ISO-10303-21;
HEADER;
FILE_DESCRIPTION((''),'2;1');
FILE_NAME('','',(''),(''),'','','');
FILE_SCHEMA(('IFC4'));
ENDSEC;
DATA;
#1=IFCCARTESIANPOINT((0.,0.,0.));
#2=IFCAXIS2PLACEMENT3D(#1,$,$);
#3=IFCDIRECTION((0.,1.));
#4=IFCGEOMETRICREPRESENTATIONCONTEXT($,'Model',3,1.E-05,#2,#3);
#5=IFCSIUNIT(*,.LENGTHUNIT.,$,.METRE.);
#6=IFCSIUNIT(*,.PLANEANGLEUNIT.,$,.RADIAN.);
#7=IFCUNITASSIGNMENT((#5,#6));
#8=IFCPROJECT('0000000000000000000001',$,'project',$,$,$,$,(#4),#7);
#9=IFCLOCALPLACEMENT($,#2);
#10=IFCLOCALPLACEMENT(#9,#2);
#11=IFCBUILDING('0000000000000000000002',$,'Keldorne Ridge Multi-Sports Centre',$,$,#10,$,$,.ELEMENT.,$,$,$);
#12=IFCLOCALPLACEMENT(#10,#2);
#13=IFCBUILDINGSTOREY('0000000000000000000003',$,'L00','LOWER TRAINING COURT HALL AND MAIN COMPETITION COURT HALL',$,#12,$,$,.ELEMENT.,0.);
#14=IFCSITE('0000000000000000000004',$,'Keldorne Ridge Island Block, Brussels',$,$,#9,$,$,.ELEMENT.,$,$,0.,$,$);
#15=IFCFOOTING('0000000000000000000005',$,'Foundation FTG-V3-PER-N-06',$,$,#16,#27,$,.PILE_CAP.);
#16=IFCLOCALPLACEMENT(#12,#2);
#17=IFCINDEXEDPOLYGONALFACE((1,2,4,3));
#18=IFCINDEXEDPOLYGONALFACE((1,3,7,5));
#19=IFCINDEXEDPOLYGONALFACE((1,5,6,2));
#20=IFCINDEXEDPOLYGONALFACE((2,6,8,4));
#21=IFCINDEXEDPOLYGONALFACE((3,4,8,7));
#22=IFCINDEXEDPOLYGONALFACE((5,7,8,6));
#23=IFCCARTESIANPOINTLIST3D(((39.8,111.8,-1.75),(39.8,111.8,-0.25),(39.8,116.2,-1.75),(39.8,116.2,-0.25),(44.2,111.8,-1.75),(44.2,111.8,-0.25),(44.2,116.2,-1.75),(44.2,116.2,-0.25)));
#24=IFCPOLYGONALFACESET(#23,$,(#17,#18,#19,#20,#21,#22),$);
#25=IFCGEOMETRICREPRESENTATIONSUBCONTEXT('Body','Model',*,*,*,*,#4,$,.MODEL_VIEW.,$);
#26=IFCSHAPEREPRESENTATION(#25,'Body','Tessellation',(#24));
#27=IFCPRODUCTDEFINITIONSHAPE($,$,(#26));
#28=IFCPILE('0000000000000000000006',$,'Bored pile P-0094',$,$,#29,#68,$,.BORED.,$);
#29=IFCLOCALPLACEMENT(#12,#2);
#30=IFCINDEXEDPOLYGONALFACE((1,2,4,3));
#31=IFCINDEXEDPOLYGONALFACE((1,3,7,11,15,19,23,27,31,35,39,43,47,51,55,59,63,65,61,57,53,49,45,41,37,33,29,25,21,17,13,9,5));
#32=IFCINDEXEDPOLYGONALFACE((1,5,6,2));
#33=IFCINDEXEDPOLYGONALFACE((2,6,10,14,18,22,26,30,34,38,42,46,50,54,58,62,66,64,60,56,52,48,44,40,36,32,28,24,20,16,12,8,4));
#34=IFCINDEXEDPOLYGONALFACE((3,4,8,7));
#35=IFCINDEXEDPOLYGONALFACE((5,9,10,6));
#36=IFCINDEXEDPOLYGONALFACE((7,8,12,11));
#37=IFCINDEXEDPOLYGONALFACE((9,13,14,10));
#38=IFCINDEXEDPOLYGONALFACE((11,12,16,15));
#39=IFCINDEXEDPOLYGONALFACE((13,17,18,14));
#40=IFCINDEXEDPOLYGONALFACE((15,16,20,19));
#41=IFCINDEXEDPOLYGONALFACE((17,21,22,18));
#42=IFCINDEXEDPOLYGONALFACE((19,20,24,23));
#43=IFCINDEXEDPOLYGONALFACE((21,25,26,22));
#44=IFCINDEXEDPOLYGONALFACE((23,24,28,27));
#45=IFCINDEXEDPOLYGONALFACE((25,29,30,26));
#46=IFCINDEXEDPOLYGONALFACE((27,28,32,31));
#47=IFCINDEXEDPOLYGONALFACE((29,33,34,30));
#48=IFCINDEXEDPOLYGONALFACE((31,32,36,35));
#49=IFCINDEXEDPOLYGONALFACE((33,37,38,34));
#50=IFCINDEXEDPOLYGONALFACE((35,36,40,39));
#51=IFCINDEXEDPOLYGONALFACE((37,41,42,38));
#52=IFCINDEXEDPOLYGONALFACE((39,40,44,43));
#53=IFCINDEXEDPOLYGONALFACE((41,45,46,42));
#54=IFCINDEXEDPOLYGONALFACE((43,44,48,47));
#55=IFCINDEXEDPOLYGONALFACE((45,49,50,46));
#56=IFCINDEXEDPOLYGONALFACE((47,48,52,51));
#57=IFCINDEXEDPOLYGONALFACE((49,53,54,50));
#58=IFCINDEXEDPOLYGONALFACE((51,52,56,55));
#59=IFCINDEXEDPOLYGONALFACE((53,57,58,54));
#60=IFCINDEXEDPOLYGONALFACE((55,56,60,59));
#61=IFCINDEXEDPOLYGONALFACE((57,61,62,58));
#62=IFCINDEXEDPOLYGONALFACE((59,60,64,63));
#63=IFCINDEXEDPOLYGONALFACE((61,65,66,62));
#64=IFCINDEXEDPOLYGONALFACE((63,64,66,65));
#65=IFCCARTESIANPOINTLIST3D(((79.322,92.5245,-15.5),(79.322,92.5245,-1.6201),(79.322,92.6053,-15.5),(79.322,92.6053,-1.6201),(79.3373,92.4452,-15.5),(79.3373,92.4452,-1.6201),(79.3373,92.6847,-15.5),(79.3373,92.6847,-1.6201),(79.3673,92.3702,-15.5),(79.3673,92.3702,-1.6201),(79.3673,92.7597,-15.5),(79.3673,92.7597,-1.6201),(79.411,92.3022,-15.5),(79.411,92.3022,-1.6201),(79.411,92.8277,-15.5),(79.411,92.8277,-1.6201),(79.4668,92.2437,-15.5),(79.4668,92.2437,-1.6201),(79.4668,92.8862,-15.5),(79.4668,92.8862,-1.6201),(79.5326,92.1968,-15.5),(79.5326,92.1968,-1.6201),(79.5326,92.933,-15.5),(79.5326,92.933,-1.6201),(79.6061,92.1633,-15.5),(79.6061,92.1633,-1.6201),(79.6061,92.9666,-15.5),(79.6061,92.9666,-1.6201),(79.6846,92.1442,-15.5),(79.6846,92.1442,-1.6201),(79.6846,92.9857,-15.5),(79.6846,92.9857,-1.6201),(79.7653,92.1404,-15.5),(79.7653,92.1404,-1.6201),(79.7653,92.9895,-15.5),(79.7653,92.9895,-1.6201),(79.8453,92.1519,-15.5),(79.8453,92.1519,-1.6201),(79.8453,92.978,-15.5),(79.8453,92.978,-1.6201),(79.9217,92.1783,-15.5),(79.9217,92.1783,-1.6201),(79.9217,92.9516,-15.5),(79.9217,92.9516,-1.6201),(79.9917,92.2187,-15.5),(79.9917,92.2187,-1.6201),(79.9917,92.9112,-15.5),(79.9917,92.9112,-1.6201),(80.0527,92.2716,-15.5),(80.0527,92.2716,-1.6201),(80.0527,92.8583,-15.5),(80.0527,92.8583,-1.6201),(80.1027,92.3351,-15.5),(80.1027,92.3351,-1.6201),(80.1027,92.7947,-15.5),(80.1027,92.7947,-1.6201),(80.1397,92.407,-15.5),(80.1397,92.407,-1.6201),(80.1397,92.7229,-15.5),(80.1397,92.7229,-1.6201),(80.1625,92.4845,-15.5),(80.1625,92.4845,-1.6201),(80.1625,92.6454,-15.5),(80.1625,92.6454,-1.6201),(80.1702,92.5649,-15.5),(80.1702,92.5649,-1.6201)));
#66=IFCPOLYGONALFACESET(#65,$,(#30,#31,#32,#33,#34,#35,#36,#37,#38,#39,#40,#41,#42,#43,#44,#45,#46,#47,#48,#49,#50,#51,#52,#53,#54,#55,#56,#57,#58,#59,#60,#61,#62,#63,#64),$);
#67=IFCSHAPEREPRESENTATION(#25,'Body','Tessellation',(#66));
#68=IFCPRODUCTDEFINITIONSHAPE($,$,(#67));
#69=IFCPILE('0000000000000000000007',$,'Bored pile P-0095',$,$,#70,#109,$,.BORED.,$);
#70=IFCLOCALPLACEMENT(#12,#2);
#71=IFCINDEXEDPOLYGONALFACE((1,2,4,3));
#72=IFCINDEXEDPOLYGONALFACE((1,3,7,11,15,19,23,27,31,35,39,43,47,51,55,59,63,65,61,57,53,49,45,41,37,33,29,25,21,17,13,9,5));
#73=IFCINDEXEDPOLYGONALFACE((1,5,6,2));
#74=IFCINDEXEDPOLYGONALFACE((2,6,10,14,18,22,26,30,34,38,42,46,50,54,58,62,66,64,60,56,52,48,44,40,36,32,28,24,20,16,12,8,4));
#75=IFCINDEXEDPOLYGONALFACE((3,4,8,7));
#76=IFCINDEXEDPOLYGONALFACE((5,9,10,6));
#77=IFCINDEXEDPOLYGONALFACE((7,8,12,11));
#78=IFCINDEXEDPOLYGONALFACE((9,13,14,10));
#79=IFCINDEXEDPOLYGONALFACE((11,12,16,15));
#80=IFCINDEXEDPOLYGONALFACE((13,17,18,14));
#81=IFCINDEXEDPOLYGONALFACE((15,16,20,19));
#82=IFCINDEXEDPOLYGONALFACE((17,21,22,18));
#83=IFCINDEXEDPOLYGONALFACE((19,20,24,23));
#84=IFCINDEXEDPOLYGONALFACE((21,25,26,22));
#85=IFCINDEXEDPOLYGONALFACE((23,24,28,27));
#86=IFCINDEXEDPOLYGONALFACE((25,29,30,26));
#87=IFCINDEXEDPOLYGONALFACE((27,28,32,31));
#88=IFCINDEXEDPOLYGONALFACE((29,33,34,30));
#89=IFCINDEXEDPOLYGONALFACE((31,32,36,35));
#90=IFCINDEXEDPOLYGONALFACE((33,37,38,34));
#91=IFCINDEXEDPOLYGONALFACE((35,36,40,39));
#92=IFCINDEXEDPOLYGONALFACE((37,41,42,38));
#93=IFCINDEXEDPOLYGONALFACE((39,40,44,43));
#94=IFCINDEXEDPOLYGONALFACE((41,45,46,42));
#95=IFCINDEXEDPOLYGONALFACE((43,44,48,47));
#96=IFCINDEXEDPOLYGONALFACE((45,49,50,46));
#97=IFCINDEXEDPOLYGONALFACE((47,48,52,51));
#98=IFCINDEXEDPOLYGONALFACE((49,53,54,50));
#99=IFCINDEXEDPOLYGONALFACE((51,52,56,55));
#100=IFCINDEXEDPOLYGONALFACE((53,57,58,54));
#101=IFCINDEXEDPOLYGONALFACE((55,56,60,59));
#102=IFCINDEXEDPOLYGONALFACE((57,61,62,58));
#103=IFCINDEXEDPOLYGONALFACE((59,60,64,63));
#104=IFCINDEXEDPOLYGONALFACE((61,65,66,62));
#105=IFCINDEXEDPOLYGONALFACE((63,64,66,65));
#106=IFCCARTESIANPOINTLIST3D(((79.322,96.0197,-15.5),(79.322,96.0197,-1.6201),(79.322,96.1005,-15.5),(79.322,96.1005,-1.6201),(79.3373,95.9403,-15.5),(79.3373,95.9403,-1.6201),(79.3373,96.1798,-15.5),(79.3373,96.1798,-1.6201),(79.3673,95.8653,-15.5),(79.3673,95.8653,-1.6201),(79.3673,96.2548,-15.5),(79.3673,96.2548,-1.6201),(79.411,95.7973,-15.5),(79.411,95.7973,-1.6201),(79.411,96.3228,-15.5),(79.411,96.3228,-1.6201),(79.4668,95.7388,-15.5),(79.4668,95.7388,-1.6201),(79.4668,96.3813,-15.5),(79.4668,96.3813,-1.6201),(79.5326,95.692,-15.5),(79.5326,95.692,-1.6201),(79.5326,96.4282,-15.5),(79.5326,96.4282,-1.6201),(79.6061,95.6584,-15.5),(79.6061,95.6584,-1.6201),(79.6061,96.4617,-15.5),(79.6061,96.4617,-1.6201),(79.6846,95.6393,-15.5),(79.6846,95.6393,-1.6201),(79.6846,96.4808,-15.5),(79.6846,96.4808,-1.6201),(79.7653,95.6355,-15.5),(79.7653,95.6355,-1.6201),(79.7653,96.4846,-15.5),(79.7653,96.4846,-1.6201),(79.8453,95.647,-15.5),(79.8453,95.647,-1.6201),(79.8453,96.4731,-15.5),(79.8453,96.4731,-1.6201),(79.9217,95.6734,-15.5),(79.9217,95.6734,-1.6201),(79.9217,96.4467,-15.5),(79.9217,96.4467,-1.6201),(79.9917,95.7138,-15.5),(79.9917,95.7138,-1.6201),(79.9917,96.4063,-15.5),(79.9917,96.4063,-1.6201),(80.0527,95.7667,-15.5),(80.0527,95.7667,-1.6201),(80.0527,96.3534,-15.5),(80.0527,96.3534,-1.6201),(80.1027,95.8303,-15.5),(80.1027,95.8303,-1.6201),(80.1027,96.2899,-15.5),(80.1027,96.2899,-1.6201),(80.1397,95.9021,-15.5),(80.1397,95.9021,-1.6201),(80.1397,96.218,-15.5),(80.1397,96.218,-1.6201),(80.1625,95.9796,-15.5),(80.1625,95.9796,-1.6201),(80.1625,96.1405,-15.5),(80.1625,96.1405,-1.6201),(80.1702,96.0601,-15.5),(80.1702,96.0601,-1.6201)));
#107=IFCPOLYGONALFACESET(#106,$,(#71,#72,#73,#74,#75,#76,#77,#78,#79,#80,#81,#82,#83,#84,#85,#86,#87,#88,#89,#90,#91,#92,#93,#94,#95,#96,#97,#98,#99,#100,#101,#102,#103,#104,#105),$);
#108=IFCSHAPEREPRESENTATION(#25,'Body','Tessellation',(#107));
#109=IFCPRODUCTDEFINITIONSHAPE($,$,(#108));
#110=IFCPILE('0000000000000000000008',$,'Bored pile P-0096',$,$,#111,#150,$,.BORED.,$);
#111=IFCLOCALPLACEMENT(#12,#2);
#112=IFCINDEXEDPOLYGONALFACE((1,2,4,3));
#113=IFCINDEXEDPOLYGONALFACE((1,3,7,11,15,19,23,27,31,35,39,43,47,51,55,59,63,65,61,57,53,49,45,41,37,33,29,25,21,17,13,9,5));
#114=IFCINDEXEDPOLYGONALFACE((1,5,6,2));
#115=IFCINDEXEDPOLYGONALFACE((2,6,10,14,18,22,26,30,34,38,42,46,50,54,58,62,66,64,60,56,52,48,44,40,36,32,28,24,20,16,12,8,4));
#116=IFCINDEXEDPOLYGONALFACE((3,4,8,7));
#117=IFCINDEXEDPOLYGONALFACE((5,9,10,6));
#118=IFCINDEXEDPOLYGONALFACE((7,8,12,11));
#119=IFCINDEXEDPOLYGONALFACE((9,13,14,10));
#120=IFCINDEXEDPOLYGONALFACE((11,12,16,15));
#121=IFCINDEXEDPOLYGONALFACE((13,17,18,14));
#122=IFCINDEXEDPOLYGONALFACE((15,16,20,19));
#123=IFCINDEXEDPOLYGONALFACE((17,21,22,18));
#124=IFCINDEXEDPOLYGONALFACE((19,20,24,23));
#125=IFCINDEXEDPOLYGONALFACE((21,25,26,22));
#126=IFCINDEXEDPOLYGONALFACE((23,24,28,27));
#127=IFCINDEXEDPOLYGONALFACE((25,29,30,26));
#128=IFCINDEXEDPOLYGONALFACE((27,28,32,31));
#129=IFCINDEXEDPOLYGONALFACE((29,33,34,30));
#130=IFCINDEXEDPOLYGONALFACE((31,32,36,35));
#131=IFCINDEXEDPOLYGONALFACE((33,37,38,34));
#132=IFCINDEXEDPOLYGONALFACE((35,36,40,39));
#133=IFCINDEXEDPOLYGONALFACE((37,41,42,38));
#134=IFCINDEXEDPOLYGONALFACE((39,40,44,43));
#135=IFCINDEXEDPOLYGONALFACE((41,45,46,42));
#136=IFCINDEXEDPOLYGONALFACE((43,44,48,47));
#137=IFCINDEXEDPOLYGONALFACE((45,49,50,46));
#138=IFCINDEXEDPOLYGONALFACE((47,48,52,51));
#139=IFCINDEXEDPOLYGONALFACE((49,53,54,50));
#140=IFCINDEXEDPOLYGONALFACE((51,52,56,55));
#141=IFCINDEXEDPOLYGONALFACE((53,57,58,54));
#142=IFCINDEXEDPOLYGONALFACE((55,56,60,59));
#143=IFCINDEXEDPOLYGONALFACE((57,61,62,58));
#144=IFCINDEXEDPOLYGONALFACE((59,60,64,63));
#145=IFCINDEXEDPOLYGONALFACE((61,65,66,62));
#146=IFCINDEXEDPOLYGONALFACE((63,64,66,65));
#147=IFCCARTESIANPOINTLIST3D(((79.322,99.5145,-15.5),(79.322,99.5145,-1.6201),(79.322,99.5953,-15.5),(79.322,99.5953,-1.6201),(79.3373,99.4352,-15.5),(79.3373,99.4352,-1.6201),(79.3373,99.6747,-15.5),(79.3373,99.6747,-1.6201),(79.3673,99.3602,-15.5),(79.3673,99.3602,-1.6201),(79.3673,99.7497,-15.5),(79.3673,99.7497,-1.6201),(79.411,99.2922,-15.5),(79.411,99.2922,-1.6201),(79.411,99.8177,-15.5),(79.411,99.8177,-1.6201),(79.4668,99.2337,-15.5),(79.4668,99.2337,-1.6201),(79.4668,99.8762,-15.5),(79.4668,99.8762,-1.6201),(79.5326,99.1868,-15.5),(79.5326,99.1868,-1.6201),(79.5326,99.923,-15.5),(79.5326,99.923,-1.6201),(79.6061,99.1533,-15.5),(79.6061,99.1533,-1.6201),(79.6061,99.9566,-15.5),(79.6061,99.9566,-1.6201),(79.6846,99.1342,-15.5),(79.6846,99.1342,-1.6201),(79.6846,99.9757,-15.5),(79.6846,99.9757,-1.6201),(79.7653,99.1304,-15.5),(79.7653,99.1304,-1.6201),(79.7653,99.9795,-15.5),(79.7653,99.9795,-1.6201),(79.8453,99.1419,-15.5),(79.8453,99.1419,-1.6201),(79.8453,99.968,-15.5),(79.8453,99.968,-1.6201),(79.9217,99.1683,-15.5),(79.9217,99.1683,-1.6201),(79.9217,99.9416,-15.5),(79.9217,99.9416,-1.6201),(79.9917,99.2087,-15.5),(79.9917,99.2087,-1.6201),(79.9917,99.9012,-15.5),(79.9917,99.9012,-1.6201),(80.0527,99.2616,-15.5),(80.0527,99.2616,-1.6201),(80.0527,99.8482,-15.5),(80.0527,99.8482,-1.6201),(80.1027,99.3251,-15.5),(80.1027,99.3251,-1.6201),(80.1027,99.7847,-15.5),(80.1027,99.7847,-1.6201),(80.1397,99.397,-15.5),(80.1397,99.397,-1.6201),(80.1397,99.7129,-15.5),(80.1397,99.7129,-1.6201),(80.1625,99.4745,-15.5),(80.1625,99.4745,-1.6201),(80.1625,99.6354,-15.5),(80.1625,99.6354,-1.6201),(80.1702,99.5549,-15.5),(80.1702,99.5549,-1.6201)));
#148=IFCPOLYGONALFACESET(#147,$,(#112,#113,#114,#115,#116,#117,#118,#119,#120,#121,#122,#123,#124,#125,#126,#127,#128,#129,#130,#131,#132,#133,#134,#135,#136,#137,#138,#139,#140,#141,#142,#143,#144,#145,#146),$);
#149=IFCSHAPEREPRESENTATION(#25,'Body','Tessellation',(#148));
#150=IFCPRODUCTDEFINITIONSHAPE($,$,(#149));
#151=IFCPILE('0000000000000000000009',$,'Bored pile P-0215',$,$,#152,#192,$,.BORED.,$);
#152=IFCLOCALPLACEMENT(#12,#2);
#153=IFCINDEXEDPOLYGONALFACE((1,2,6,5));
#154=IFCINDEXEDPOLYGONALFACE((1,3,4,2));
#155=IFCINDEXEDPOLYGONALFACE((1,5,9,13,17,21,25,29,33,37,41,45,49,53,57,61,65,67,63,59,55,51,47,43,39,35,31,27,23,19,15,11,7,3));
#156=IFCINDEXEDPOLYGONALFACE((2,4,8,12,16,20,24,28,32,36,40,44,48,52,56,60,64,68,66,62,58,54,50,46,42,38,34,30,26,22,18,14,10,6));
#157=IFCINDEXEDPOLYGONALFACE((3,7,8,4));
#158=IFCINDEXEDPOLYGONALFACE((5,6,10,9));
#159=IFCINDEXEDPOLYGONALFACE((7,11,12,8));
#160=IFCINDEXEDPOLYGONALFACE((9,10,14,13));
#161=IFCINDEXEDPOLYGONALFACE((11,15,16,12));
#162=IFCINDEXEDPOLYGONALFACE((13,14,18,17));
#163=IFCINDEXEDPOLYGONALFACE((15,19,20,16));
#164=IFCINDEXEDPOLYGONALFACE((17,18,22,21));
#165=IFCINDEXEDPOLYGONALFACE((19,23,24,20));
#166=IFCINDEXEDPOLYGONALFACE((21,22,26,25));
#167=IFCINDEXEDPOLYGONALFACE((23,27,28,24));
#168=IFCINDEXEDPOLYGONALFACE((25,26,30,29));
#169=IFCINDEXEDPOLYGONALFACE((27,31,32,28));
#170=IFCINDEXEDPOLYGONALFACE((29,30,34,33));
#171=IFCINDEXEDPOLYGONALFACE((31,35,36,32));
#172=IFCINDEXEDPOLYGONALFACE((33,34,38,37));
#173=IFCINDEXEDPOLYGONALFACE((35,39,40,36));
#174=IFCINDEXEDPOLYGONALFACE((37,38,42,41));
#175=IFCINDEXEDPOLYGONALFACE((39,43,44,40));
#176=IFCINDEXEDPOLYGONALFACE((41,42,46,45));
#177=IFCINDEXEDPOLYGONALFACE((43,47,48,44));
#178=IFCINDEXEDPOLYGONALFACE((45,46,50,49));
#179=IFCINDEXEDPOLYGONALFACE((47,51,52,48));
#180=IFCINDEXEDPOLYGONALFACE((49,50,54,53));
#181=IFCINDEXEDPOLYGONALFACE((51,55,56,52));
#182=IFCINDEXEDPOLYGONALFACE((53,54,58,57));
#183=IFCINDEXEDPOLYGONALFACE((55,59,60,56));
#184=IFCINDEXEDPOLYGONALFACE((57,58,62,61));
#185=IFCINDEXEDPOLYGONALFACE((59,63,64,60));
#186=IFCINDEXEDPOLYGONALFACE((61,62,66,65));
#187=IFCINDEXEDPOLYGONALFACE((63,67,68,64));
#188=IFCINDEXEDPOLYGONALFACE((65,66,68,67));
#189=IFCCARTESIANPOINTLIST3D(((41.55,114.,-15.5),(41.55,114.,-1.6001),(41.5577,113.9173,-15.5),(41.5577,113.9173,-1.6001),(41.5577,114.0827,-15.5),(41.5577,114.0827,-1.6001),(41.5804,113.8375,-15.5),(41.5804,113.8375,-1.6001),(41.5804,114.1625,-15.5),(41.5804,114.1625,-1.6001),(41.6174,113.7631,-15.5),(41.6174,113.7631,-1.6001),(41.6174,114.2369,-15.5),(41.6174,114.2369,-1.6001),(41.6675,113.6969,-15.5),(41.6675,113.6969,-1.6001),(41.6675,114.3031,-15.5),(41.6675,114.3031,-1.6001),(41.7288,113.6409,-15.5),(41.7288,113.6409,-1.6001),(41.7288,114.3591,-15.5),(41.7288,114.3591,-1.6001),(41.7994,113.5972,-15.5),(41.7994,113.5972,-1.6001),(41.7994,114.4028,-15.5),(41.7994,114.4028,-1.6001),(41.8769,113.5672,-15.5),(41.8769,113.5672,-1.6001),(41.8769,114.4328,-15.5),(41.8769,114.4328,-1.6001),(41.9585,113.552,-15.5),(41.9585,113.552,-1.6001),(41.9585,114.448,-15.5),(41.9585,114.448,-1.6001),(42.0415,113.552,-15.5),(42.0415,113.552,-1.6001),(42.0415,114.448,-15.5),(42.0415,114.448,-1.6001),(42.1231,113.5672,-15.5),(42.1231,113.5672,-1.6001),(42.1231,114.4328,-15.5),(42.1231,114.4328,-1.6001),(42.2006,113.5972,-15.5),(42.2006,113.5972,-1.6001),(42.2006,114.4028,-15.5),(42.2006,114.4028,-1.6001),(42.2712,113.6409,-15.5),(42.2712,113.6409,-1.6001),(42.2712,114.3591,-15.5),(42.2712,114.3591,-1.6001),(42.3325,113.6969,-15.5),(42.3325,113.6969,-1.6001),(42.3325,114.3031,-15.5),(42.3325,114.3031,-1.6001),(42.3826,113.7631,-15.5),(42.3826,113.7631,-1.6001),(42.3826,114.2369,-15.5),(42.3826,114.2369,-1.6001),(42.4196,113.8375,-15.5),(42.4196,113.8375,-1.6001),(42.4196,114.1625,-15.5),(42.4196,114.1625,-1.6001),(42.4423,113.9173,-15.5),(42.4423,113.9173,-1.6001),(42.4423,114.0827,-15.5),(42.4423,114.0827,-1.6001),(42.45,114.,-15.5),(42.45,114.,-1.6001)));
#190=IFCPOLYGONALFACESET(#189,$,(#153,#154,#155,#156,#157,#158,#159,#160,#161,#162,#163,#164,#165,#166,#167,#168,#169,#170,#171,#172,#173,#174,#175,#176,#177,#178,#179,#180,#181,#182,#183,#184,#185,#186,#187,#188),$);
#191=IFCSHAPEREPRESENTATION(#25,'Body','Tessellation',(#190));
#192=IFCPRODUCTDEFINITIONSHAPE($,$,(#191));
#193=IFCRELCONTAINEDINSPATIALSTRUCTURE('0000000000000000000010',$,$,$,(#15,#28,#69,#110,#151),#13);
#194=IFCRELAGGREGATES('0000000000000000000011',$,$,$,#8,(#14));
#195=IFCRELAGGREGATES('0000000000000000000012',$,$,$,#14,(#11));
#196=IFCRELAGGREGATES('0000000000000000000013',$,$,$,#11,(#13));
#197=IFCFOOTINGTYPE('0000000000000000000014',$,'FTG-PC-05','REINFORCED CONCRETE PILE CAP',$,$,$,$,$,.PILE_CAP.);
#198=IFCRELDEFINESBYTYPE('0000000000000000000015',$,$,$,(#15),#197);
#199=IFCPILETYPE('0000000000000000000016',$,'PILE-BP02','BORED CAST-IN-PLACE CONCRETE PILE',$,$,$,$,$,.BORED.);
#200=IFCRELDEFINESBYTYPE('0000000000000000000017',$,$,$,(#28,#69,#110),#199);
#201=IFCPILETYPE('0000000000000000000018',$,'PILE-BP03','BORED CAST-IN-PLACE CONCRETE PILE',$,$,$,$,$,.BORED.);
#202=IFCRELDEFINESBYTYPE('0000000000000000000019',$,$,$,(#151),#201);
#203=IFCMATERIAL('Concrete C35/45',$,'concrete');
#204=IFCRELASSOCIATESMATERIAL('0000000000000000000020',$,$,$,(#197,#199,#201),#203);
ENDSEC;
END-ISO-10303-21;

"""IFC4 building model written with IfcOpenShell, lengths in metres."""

from ifc_helpers import new_model, si_unit, direction, frame, origin, origin_2d, place, context, subcontext, project, spatial, rectangle, circle, extrude, material, material_profile, profile_set, type_object, element, save


model = new_model("IFC4")

# Units and contexts
model_context = context("Model", 3, precision=1e-05, world=origin(), true_north=direction((0.0, 1.0)))
body_context = subcontext(model_context, "Body", "Model", "MODEL_VIEW")
ifc_project = project(units=[si_unit("LENGTHUNIT", "METRE"), si_unit("PLANEANGLEUNIT", "RADIAN")], contexts=[model_context])

# Site, building, storey
site_placement = place(None, origin())
site = spatial("IfcSite", under=ifc_project, at=site_placement, Name="Keldorne Ridge Island Block, Brussels", CompositionType="ELEMENT", RefElevation=0.0)
building_placement = place(site_placement, origin())
building = spatial("IfcBuilding", under=site, at=building_placement, Name="Keldorne Ridge Multi-Sports Centre", CompositionType="ELEMENT")
storey_placement = place(building_placement, origin())
storey = spatial("IfcBuildingStorey", under=building, at=storey_placement, Name="L00", Description="LOWER TRAINING COURT HALL AND MAIN COMPETITION COURT HALL", CompositionType="ELEMENT", Elevation=0.0)

# Footing
ifc_material_1 = material(Name="Concrete C35/45", Category="concrete")
footing_type = type_object("IfcFootingType", Name="FTG-PC-05", Description="REINFORCED CONCRETE PILE CAP", PredefinedType="PILE_CAP", material=ifc_material_1)
footing_placement = place(storey_placement, frame((42.0, 114.0, -1.75), z_axis=(0.0, 0.0, 1.0), x_axis=(1.0, 0.0, 0.0)))
element("IfcFooting", 1, at=footing_placement, inside=storey, type_object=footing_type, Name="Foundation FTG-V3-PER-N-06", PredefinedType="PILE_CAP", context=body_context, shape_type="SweptSolid", body=[
    extrude(rectangle(XDim=4.3999, YDim=4.3999, at=origin_2d()), origin(), (0.0, 0.0, 1.0), 1.5),
])

# Piles
ifc_material_profile_1 = material_profile(ifc_material_1, circle(Radius=0.425, at=origin_2d()), Name="BORED PILE D850")
ifc_profile_set_1 = profile_set([ifc_material_profile_1], Name="Concrete C35/45")
pile_type_1 = type_object("IfcPileType", Name="PILE-BP02", Description="BORED CAST-IN-PLACE CONCRETE PILE", PredefinedType="BORED", material=ifc_profile_set_1)
for number, where, z_axis, x_axis, name in (
    (2, (79.7451, 92.5649, -1.6201), (0.0, 0.0, -1.0), (1.0, 0.0, 0.0), "Bored pile P-0094"),
    (3, (79.7451, 96.0601, -1.6201), (0.0, 0.0, -1.0), (1.0, 0.0, 0.0), "Bored pile P-0095"),
    (4, (79.7451, 99.5549, -1.6201), (0.0, 0.0, -1.0), (1.0, 0.0, 0.0), "Bored pile P-0096"),
):
    element("IfcPile", number, at=place(storey_placement, frame(where, z_axis=z_axis, x_axis=x_axis)), inside=storey, type_object=pile_type_1, Name=name, PredefinedType="BORED", context=body_context, shape_type="SweptSolid", body=[
        extrude(circle(Radius=0.425, at=origin_2d()), origin(), (0.0, 0.0, 1.0), 13.8799),
    ])
ifc_material_profile_2 = material_profile(ifc_material_1, circle(Radius=0.45, at=origin_2d()), Name="BORED PILE D900")
ifc_profile_set_2 = profile_set([ifc_material_profile_2], Name="Concrete C35/45")
pile_type_2 = type_object("IfcPileType", Name="PILE-BP03", Description="BORED CAST-IN-PLACE CONCRETE PILE", PredefinedType="BORED", material=ifc_profile_set_2)
pile_placement = place(storey_placement, frame((42.0, 114.0, -1.6001), z_axis=(0.0, 0.0, -1.0), x_axis=(1.0, 0.0, 0.0)))
element("IfcPile", 5, at=pile_placement, inside=storey, type_object=pile_type_2, Name="Bored pile P-0215", PredefinedType="BORED", context=body_context, shape_type="SweptSolid", body=[
    extrude(circle(Radius=0.45, at=origin_2d()), origin(), (0.0, 0.0, 1.0), 13.8999),
])

save(model, "model.ifc")
